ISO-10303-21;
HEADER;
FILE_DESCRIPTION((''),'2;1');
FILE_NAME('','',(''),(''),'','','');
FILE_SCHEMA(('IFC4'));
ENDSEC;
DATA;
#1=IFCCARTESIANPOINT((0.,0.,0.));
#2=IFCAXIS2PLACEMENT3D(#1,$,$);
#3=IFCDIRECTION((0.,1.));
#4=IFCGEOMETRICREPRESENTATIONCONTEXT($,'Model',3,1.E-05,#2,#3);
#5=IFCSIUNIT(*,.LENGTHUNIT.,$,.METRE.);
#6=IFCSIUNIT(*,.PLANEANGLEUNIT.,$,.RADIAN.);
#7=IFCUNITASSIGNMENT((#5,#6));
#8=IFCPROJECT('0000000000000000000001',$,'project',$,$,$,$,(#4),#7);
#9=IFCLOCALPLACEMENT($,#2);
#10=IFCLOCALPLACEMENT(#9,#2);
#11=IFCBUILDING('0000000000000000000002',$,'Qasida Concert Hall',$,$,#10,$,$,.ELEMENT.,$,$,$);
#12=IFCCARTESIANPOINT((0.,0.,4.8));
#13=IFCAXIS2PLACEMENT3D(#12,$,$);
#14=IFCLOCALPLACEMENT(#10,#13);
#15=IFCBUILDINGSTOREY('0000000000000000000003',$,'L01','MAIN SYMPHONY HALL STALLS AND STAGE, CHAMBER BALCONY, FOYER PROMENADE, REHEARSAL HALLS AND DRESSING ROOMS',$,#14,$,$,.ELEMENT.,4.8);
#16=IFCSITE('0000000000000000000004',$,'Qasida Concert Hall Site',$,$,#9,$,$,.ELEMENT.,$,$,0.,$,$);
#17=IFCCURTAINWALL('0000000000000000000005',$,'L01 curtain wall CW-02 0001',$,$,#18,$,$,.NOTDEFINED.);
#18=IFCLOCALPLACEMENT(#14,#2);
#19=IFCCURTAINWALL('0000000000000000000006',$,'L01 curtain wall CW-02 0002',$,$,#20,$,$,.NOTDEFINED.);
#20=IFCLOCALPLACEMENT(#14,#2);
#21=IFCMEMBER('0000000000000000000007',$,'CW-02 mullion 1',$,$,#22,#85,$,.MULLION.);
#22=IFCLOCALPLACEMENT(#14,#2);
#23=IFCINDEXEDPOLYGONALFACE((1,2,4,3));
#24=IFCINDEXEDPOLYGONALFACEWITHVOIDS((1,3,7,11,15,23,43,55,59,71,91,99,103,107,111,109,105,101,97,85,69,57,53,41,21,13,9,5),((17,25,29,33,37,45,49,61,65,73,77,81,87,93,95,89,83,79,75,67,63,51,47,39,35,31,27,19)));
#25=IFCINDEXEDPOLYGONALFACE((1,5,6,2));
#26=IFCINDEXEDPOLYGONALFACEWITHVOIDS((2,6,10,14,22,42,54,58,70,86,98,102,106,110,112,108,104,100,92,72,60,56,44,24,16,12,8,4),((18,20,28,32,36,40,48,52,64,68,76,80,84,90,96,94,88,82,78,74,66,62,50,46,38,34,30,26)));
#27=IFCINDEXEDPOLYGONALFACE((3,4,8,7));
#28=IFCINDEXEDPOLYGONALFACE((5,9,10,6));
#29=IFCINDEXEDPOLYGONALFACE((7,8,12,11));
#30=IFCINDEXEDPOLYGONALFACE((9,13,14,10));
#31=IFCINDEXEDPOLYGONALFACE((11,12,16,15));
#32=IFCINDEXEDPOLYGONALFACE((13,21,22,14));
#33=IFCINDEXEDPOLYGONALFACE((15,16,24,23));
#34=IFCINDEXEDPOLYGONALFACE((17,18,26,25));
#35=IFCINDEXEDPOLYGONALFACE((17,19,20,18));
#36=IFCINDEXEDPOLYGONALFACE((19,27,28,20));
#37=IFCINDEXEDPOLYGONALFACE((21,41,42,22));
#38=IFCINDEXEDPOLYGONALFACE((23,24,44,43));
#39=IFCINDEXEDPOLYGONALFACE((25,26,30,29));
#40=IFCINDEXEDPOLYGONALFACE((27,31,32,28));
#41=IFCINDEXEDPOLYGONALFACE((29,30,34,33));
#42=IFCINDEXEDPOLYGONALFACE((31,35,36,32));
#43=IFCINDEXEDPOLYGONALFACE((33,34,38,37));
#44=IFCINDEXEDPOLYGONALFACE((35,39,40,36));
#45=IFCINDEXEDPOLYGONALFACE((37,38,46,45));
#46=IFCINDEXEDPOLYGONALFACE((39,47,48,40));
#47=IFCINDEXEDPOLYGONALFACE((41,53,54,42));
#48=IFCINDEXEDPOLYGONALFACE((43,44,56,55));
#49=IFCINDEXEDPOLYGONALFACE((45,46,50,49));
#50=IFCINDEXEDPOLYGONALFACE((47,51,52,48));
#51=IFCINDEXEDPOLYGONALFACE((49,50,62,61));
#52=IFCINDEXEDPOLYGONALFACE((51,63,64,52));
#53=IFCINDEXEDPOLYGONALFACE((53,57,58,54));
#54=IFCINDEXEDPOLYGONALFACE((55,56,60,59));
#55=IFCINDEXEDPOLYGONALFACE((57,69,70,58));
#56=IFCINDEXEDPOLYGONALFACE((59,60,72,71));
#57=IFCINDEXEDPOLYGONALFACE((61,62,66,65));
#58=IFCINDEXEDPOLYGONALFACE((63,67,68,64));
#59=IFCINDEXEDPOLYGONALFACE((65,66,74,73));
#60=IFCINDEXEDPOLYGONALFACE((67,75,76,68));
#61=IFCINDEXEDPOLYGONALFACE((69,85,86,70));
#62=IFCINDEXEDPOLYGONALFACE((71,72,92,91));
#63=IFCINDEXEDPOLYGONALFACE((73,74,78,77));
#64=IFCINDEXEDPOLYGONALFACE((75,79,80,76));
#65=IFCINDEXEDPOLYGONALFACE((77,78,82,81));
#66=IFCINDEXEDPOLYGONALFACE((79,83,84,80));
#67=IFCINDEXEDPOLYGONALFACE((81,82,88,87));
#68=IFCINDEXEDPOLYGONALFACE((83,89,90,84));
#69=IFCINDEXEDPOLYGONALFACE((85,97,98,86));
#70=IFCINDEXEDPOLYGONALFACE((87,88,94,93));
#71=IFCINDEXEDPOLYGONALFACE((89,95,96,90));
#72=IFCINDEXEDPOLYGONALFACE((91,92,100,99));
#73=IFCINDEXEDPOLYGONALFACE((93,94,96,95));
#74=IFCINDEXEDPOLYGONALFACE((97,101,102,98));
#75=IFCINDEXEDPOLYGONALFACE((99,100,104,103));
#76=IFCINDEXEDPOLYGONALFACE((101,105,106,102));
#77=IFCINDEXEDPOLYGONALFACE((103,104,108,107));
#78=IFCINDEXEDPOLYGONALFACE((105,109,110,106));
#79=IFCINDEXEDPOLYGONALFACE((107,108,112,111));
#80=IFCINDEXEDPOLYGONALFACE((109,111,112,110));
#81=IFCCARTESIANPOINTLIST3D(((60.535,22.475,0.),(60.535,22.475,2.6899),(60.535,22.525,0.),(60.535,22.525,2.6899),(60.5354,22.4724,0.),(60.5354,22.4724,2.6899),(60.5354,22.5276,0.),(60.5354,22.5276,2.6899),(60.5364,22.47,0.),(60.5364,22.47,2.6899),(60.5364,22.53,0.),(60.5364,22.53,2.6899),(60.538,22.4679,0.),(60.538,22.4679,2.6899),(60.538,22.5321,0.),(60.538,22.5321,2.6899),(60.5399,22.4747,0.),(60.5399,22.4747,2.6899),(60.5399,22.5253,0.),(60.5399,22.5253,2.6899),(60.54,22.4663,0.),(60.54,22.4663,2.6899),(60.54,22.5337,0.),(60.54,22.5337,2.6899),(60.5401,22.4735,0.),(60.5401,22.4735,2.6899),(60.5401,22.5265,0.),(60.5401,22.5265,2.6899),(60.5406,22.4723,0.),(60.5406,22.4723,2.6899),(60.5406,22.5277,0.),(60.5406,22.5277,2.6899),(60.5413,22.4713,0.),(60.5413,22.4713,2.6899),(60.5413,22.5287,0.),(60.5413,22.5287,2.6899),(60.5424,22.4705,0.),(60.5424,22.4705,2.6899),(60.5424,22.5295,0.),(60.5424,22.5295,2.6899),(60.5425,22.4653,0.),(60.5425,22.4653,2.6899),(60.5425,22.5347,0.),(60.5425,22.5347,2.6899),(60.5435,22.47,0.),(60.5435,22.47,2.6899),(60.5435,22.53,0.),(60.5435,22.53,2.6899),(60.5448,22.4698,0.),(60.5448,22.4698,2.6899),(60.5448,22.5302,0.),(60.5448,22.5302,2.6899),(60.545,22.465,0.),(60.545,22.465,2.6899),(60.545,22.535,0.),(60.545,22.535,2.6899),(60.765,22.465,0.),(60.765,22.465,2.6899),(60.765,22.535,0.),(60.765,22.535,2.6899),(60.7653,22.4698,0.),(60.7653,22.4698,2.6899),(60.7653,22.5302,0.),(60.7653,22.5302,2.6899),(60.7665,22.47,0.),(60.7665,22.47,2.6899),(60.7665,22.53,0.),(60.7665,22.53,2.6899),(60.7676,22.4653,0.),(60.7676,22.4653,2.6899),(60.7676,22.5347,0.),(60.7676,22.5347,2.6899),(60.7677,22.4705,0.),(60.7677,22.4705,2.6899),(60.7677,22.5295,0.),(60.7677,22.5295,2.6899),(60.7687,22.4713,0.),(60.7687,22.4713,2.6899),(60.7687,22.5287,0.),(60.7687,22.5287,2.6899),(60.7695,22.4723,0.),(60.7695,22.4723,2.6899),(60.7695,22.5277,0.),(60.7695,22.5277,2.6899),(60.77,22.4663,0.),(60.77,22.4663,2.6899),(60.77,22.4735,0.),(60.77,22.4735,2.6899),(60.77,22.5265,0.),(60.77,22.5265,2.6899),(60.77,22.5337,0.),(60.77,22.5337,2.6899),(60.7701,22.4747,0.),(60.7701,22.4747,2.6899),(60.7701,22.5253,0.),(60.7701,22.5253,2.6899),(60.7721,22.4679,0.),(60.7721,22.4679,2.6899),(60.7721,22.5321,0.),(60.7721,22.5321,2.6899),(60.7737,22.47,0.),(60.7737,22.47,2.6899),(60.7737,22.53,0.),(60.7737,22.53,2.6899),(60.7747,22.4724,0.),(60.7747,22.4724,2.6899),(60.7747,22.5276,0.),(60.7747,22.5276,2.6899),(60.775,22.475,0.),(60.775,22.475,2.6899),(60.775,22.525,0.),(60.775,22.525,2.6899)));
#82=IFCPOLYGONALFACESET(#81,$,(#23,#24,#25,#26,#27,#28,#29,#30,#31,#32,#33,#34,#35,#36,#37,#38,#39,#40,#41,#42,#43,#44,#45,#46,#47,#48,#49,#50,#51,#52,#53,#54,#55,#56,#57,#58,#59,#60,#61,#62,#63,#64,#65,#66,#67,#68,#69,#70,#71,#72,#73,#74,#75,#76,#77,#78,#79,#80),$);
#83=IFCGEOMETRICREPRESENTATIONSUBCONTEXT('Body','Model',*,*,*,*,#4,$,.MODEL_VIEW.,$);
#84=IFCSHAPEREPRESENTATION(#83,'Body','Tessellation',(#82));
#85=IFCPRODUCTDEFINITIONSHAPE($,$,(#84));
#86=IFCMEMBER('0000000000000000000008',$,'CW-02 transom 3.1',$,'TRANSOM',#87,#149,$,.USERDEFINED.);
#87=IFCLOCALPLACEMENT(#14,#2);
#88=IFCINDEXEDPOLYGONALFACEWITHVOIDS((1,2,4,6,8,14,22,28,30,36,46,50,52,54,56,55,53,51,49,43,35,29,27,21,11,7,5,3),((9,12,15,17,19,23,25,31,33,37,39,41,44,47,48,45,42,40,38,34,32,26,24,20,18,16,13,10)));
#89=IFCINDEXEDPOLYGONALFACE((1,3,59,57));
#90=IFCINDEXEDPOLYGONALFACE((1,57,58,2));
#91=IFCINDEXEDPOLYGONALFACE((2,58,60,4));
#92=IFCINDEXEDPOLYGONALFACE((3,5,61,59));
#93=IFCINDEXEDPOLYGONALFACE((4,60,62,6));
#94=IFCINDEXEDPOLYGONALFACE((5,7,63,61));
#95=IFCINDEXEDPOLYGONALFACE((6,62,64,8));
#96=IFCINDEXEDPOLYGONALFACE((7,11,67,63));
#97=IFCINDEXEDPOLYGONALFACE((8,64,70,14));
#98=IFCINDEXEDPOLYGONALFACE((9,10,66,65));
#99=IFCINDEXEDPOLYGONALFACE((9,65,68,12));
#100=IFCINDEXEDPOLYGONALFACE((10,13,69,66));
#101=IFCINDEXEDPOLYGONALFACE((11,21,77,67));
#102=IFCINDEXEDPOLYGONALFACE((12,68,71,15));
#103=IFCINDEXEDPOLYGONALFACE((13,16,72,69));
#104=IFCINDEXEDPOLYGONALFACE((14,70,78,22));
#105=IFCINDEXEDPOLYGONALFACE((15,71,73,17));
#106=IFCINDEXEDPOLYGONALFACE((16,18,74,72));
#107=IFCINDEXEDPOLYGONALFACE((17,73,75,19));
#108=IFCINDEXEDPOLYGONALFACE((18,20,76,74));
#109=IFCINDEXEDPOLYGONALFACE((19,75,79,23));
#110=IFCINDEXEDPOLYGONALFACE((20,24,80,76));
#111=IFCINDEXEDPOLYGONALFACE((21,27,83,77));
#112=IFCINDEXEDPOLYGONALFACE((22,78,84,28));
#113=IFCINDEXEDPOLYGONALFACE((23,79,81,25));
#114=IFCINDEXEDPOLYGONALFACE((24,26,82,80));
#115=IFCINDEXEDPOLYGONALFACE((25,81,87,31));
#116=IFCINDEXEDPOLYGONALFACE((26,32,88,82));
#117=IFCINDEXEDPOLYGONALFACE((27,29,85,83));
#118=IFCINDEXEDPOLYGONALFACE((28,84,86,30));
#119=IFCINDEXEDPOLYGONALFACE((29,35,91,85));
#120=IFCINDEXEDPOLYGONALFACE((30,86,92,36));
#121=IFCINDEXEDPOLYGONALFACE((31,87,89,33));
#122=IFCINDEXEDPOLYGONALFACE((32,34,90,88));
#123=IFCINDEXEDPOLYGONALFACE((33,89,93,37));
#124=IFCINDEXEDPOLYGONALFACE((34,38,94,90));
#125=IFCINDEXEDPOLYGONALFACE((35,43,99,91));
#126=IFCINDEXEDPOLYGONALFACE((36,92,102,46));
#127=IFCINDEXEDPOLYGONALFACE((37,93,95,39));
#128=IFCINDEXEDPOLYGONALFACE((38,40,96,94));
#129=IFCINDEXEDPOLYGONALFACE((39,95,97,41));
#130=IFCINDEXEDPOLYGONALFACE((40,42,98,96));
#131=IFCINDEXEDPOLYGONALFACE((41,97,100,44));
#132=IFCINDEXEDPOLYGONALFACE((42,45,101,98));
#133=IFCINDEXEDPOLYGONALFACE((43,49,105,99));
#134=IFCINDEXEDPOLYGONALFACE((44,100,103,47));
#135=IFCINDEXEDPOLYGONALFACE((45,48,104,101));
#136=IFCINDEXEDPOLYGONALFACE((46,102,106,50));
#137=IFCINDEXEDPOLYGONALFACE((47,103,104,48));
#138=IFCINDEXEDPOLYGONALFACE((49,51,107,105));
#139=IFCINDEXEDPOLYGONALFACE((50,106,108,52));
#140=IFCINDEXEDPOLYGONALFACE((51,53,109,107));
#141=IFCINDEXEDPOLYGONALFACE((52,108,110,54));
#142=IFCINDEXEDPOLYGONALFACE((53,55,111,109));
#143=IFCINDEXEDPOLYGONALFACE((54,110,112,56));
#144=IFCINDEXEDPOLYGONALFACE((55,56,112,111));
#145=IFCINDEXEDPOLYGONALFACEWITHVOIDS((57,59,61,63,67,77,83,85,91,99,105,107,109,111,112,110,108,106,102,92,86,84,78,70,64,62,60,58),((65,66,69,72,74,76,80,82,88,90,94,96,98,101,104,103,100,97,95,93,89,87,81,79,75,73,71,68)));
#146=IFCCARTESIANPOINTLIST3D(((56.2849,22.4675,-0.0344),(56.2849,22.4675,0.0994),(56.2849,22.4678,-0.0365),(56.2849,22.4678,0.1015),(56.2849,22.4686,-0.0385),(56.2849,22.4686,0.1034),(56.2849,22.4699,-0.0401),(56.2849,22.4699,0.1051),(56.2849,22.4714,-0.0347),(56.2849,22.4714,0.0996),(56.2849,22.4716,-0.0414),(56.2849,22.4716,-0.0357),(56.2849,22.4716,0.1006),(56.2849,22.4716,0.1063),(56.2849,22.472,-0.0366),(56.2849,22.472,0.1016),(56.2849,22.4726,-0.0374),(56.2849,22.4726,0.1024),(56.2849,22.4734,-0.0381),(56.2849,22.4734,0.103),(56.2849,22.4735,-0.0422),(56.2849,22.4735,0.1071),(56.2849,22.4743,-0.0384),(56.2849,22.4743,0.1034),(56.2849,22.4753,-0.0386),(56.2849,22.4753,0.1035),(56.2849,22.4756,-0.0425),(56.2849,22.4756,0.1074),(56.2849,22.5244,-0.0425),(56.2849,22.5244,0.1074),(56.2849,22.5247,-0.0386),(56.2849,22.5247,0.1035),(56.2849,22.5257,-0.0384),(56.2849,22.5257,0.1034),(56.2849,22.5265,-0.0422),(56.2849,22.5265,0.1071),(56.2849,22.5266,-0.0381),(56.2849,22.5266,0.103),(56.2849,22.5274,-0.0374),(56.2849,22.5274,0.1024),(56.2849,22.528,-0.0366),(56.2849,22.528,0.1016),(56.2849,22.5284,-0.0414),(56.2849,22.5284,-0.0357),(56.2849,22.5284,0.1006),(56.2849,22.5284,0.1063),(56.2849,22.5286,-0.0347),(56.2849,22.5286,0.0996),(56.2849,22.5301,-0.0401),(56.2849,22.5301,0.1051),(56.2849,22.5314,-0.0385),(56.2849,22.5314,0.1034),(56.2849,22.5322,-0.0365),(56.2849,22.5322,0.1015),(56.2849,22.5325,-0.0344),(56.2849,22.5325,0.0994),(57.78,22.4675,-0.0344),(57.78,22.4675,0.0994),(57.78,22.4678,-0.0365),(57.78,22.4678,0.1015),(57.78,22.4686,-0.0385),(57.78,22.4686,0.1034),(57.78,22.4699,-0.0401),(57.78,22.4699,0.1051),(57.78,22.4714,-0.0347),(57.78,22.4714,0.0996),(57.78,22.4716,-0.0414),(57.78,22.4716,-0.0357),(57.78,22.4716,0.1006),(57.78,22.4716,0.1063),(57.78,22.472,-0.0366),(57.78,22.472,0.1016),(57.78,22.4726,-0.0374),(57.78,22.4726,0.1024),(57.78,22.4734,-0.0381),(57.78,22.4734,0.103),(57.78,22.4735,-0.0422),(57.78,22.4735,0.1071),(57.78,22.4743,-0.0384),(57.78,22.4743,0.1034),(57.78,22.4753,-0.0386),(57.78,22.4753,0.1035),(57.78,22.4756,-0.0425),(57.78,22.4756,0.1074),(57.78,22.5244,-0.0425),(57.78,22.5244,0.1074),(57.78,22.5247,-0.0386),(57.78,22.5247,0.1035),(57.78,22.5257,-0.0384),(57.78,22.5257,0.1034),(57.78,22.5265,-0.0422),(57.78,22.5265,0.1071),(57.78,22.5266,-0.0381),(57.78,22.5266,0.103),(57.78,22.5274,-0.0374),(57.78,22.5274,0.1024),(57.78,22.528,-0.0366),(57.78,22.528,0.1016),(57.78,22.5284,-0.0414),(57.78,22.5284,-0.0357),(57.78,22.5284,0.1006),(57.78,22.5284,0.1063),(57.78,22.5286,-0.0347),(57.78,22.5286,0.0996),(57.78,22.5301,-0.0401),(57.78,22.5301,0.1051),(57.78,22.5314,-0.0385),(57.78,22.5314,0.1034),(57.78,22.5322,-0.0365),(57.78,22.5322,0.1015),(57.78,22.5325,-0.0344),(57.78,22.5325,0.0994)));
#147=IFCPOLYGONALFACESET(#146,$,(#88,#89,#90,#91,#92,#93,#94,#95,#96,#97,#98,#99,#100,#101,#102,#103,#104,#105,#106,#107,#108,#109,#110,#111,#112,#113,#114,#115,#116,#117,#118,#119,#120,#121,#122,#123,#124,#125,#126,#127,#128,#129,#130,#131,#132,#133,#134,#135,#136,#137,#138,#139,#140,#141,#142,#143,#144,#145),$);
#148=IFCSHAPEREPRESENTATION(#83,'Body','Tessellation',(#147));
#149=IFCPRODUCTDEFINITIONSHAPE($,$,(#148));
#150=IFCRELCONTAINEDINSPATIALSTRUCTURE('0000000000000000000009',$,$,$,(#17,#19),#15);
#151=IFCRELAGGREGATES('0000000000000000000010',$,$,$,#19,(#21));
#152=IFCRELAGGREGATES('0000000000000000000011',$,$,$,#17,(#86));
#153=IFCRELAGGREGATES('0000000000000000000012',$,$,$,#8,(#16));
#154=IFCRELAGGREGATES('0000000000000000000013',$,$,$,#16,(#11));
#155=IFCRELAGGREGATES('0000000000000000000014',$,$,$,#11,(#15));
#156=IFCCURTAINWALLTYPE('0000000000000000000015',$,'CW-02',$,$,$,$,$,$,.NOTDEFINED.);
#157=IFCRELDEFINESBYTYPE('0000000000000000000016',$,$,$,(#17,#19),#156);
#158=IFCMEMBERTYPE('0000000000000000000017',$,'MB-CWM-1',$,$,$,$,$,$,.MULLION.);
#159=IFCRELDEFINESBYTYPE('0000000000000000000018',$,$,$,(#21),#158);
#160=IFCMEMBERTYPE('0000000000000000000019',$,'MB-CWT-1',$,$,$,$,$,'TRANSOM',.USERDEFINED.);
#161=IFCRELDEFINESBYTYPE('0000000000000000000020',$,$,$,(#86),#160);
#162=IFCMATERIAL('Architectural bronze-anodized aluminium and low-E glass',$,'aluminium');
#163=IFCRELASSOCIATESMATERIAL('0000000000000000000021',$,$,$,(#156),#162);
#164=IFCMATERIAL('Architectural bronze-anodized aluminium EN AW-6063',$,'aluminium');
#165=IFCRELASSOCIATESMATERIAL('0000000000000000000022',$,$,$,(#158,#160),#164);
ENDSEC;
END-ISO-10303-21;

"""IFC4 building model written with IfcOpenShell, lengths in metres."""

from ifc_helpers import new_model, si_unit, direction, frame, origin, origin_2d, place, context, subcontext, project, spatial, hollow_rectangle, extrude, material, material_profile, profile_set, type_object, element, aggregate, save


model = new_model("IFC4")

# Units and contexts
model_context = context("Model", 3, precision=1e-05, world=origin(), true_north=direction((0.0, 1.0)))
body_context = subcontext(model_context, "Body", "Model", "MODEL_VIEW")
ifc_project = project(units=[si_unit("LENGTHUNIT", "METRE"), si_unit("PLANEANGLEUNIT", "RADIAN")], contexts=[model_context])

# Site, building, storey
site_placement = place(None, origin())
site = spatial("IfcSite", under=ifc_project, at=site_placement, Name="Qasida Concert Hall Site", CompositionType="ELEMENT", RefElevation=0.0)
building_placement = place(site_placement, origin())
building = spatial("IfcBuilding", under=site, at=building_placement, Name="Qasida Concert Hall", CompositionType="ELEMENT")
storey_placement = place(building_placement, frame((0.0, 0.0, 4.8)))
storey = spatial("IfcBuildingStorey", under=building, at=storey_placement, Name="L01", Description="MAIN SYMPHONY HALL STALLS AND STAGE, CHAMBER BALCONY, FOYER PROMENADE, REHEARSAL HALLS AND DRESSING ROOMS", CompositionType="ELEMENT", Elevation=4.8)

# Curtain wall
ifc_material_1 = material(Name="Architectural bronze-anodized aluminium and low-E glass", Category="aluminium")
curtain_wall_type = type_object("IfcCurtainWallType", Name="CW-02", PredefinedType="NOTDEFINED", material=ifc_material_1)
curtain_wall_1_placement = place(storey_placement, origin())
curtain_wall_1 = element("IfcCurtainWall", 1, at=curtain_wall_1_placement, inside=storey, type_object=curtain_wall_type, Name="L01 curtain wall CW-02 0001", PredefinedType="NOTDEFINED")
ifc_material_2 = material(Name="Architectural bronze-anodized aluminium EN AW-6063", Category="aluminium")
ifc_material_profile_1 = material_profile(ifc_material_2, hollow_rectangle(XDim=0.0701, YDim=0.24, WallThickness=0.0049, InnerFilletRadius=0.0049, OuterFilletRadius=0.01, at=origin_2d()), Name="CWM 240x70x5")
ifc_profile_set_1 = profile_set([ifc_material_profile_1], Name="Architectural bronze-anodized aluminium EN AW-6063")
member_type_1 = type_object("IfcMemberType", Name="MB-CWM-1", PredefinedType="MULLION", material=ifc_profile_set_1)

# Curtain wall, member
curtain_wall_2_placement = place(storey_placement, origin())
curtain_wall_2 = element("IfcCurtainWall", 2, at=curtain_wall_2_placement, inside=storey, type_object=curtain_wall_type, Name="L01 curtain wall CW-02 0002", PredefinedType="NOTDEFINED")
member_1_placement = place(storey_placement, frame((60.655, 22.5, 0.0), z_axis=(0.0, 0.0, 1.0), x_axis=(0.0, 1.0, 0.0)))
member_1 = element("IfcMember", 3, at=member_1_placement, type_object=member_type_1, Name="CW-02 mullion 1", PredefinedType="MULLION", context=body_context, shape_type="SweptSolid", body=[
    extrude(hollow_rectangle(XDim=0.0701, YDim=0.24, WallThickness=0.0049, InnerFilletRadius=0.0049, OuterFilletRadius=0.01, at=origin_2d()), origin(), (0.0, 0.0, 1.0), 2.6899),
])
aggregate(curtain_wall_2, [member_1])

# Member
ifc_material_profile_2 = material_profile(ifc_material_2, hollow_rectangle(XDim=0.0649, YDim=0.1499, WallThickness=0.0039, InnerFilletRadius=0.0039, OuterFilletRadius=0.0081, at=origin_2d()), Name="CWT 150x65x4")
ifc_profile_set_2 = profile_set([ifc_material_profile_2], Name="Architectural bronze-anodized aluminium EN AW-6063")
member_type_2 = type_object("IfcMemberType", Name="MB-CWT-1", ElementType="TRANSOM", PredefinedType="USERDEFINED", material=ifc_profile_set_2)
member_2_placement = place(storey_placement, frame((56.2849, 22.5, 0.0325), z_axis=(1.0, 0.0, 0.0), x_axis=(0.0, 1.0, 0.0)))
member_2 = element("IfcMember", 4, at=member_2_placement, type_object=member_type_2, Name="CW-02 transom 3.1", ObjectType="TRANSOM", PredefinedType="USERDEFINED", context=body_context, shape_type="SweptSolid", body=[
    extrude(hollow_rectangle(XDim=0.0649, YDim=0.1499, WallThickness=0.0039, InnerFilletRadius=0.0039, OuterFilletRadius=0.0081, at=origin_2d()), origin(), (0.0, 0.0, 1.0), 1.4951),
])

aggregate(curtain_wall_1, [member_2])

save(model, "model.ifc")
